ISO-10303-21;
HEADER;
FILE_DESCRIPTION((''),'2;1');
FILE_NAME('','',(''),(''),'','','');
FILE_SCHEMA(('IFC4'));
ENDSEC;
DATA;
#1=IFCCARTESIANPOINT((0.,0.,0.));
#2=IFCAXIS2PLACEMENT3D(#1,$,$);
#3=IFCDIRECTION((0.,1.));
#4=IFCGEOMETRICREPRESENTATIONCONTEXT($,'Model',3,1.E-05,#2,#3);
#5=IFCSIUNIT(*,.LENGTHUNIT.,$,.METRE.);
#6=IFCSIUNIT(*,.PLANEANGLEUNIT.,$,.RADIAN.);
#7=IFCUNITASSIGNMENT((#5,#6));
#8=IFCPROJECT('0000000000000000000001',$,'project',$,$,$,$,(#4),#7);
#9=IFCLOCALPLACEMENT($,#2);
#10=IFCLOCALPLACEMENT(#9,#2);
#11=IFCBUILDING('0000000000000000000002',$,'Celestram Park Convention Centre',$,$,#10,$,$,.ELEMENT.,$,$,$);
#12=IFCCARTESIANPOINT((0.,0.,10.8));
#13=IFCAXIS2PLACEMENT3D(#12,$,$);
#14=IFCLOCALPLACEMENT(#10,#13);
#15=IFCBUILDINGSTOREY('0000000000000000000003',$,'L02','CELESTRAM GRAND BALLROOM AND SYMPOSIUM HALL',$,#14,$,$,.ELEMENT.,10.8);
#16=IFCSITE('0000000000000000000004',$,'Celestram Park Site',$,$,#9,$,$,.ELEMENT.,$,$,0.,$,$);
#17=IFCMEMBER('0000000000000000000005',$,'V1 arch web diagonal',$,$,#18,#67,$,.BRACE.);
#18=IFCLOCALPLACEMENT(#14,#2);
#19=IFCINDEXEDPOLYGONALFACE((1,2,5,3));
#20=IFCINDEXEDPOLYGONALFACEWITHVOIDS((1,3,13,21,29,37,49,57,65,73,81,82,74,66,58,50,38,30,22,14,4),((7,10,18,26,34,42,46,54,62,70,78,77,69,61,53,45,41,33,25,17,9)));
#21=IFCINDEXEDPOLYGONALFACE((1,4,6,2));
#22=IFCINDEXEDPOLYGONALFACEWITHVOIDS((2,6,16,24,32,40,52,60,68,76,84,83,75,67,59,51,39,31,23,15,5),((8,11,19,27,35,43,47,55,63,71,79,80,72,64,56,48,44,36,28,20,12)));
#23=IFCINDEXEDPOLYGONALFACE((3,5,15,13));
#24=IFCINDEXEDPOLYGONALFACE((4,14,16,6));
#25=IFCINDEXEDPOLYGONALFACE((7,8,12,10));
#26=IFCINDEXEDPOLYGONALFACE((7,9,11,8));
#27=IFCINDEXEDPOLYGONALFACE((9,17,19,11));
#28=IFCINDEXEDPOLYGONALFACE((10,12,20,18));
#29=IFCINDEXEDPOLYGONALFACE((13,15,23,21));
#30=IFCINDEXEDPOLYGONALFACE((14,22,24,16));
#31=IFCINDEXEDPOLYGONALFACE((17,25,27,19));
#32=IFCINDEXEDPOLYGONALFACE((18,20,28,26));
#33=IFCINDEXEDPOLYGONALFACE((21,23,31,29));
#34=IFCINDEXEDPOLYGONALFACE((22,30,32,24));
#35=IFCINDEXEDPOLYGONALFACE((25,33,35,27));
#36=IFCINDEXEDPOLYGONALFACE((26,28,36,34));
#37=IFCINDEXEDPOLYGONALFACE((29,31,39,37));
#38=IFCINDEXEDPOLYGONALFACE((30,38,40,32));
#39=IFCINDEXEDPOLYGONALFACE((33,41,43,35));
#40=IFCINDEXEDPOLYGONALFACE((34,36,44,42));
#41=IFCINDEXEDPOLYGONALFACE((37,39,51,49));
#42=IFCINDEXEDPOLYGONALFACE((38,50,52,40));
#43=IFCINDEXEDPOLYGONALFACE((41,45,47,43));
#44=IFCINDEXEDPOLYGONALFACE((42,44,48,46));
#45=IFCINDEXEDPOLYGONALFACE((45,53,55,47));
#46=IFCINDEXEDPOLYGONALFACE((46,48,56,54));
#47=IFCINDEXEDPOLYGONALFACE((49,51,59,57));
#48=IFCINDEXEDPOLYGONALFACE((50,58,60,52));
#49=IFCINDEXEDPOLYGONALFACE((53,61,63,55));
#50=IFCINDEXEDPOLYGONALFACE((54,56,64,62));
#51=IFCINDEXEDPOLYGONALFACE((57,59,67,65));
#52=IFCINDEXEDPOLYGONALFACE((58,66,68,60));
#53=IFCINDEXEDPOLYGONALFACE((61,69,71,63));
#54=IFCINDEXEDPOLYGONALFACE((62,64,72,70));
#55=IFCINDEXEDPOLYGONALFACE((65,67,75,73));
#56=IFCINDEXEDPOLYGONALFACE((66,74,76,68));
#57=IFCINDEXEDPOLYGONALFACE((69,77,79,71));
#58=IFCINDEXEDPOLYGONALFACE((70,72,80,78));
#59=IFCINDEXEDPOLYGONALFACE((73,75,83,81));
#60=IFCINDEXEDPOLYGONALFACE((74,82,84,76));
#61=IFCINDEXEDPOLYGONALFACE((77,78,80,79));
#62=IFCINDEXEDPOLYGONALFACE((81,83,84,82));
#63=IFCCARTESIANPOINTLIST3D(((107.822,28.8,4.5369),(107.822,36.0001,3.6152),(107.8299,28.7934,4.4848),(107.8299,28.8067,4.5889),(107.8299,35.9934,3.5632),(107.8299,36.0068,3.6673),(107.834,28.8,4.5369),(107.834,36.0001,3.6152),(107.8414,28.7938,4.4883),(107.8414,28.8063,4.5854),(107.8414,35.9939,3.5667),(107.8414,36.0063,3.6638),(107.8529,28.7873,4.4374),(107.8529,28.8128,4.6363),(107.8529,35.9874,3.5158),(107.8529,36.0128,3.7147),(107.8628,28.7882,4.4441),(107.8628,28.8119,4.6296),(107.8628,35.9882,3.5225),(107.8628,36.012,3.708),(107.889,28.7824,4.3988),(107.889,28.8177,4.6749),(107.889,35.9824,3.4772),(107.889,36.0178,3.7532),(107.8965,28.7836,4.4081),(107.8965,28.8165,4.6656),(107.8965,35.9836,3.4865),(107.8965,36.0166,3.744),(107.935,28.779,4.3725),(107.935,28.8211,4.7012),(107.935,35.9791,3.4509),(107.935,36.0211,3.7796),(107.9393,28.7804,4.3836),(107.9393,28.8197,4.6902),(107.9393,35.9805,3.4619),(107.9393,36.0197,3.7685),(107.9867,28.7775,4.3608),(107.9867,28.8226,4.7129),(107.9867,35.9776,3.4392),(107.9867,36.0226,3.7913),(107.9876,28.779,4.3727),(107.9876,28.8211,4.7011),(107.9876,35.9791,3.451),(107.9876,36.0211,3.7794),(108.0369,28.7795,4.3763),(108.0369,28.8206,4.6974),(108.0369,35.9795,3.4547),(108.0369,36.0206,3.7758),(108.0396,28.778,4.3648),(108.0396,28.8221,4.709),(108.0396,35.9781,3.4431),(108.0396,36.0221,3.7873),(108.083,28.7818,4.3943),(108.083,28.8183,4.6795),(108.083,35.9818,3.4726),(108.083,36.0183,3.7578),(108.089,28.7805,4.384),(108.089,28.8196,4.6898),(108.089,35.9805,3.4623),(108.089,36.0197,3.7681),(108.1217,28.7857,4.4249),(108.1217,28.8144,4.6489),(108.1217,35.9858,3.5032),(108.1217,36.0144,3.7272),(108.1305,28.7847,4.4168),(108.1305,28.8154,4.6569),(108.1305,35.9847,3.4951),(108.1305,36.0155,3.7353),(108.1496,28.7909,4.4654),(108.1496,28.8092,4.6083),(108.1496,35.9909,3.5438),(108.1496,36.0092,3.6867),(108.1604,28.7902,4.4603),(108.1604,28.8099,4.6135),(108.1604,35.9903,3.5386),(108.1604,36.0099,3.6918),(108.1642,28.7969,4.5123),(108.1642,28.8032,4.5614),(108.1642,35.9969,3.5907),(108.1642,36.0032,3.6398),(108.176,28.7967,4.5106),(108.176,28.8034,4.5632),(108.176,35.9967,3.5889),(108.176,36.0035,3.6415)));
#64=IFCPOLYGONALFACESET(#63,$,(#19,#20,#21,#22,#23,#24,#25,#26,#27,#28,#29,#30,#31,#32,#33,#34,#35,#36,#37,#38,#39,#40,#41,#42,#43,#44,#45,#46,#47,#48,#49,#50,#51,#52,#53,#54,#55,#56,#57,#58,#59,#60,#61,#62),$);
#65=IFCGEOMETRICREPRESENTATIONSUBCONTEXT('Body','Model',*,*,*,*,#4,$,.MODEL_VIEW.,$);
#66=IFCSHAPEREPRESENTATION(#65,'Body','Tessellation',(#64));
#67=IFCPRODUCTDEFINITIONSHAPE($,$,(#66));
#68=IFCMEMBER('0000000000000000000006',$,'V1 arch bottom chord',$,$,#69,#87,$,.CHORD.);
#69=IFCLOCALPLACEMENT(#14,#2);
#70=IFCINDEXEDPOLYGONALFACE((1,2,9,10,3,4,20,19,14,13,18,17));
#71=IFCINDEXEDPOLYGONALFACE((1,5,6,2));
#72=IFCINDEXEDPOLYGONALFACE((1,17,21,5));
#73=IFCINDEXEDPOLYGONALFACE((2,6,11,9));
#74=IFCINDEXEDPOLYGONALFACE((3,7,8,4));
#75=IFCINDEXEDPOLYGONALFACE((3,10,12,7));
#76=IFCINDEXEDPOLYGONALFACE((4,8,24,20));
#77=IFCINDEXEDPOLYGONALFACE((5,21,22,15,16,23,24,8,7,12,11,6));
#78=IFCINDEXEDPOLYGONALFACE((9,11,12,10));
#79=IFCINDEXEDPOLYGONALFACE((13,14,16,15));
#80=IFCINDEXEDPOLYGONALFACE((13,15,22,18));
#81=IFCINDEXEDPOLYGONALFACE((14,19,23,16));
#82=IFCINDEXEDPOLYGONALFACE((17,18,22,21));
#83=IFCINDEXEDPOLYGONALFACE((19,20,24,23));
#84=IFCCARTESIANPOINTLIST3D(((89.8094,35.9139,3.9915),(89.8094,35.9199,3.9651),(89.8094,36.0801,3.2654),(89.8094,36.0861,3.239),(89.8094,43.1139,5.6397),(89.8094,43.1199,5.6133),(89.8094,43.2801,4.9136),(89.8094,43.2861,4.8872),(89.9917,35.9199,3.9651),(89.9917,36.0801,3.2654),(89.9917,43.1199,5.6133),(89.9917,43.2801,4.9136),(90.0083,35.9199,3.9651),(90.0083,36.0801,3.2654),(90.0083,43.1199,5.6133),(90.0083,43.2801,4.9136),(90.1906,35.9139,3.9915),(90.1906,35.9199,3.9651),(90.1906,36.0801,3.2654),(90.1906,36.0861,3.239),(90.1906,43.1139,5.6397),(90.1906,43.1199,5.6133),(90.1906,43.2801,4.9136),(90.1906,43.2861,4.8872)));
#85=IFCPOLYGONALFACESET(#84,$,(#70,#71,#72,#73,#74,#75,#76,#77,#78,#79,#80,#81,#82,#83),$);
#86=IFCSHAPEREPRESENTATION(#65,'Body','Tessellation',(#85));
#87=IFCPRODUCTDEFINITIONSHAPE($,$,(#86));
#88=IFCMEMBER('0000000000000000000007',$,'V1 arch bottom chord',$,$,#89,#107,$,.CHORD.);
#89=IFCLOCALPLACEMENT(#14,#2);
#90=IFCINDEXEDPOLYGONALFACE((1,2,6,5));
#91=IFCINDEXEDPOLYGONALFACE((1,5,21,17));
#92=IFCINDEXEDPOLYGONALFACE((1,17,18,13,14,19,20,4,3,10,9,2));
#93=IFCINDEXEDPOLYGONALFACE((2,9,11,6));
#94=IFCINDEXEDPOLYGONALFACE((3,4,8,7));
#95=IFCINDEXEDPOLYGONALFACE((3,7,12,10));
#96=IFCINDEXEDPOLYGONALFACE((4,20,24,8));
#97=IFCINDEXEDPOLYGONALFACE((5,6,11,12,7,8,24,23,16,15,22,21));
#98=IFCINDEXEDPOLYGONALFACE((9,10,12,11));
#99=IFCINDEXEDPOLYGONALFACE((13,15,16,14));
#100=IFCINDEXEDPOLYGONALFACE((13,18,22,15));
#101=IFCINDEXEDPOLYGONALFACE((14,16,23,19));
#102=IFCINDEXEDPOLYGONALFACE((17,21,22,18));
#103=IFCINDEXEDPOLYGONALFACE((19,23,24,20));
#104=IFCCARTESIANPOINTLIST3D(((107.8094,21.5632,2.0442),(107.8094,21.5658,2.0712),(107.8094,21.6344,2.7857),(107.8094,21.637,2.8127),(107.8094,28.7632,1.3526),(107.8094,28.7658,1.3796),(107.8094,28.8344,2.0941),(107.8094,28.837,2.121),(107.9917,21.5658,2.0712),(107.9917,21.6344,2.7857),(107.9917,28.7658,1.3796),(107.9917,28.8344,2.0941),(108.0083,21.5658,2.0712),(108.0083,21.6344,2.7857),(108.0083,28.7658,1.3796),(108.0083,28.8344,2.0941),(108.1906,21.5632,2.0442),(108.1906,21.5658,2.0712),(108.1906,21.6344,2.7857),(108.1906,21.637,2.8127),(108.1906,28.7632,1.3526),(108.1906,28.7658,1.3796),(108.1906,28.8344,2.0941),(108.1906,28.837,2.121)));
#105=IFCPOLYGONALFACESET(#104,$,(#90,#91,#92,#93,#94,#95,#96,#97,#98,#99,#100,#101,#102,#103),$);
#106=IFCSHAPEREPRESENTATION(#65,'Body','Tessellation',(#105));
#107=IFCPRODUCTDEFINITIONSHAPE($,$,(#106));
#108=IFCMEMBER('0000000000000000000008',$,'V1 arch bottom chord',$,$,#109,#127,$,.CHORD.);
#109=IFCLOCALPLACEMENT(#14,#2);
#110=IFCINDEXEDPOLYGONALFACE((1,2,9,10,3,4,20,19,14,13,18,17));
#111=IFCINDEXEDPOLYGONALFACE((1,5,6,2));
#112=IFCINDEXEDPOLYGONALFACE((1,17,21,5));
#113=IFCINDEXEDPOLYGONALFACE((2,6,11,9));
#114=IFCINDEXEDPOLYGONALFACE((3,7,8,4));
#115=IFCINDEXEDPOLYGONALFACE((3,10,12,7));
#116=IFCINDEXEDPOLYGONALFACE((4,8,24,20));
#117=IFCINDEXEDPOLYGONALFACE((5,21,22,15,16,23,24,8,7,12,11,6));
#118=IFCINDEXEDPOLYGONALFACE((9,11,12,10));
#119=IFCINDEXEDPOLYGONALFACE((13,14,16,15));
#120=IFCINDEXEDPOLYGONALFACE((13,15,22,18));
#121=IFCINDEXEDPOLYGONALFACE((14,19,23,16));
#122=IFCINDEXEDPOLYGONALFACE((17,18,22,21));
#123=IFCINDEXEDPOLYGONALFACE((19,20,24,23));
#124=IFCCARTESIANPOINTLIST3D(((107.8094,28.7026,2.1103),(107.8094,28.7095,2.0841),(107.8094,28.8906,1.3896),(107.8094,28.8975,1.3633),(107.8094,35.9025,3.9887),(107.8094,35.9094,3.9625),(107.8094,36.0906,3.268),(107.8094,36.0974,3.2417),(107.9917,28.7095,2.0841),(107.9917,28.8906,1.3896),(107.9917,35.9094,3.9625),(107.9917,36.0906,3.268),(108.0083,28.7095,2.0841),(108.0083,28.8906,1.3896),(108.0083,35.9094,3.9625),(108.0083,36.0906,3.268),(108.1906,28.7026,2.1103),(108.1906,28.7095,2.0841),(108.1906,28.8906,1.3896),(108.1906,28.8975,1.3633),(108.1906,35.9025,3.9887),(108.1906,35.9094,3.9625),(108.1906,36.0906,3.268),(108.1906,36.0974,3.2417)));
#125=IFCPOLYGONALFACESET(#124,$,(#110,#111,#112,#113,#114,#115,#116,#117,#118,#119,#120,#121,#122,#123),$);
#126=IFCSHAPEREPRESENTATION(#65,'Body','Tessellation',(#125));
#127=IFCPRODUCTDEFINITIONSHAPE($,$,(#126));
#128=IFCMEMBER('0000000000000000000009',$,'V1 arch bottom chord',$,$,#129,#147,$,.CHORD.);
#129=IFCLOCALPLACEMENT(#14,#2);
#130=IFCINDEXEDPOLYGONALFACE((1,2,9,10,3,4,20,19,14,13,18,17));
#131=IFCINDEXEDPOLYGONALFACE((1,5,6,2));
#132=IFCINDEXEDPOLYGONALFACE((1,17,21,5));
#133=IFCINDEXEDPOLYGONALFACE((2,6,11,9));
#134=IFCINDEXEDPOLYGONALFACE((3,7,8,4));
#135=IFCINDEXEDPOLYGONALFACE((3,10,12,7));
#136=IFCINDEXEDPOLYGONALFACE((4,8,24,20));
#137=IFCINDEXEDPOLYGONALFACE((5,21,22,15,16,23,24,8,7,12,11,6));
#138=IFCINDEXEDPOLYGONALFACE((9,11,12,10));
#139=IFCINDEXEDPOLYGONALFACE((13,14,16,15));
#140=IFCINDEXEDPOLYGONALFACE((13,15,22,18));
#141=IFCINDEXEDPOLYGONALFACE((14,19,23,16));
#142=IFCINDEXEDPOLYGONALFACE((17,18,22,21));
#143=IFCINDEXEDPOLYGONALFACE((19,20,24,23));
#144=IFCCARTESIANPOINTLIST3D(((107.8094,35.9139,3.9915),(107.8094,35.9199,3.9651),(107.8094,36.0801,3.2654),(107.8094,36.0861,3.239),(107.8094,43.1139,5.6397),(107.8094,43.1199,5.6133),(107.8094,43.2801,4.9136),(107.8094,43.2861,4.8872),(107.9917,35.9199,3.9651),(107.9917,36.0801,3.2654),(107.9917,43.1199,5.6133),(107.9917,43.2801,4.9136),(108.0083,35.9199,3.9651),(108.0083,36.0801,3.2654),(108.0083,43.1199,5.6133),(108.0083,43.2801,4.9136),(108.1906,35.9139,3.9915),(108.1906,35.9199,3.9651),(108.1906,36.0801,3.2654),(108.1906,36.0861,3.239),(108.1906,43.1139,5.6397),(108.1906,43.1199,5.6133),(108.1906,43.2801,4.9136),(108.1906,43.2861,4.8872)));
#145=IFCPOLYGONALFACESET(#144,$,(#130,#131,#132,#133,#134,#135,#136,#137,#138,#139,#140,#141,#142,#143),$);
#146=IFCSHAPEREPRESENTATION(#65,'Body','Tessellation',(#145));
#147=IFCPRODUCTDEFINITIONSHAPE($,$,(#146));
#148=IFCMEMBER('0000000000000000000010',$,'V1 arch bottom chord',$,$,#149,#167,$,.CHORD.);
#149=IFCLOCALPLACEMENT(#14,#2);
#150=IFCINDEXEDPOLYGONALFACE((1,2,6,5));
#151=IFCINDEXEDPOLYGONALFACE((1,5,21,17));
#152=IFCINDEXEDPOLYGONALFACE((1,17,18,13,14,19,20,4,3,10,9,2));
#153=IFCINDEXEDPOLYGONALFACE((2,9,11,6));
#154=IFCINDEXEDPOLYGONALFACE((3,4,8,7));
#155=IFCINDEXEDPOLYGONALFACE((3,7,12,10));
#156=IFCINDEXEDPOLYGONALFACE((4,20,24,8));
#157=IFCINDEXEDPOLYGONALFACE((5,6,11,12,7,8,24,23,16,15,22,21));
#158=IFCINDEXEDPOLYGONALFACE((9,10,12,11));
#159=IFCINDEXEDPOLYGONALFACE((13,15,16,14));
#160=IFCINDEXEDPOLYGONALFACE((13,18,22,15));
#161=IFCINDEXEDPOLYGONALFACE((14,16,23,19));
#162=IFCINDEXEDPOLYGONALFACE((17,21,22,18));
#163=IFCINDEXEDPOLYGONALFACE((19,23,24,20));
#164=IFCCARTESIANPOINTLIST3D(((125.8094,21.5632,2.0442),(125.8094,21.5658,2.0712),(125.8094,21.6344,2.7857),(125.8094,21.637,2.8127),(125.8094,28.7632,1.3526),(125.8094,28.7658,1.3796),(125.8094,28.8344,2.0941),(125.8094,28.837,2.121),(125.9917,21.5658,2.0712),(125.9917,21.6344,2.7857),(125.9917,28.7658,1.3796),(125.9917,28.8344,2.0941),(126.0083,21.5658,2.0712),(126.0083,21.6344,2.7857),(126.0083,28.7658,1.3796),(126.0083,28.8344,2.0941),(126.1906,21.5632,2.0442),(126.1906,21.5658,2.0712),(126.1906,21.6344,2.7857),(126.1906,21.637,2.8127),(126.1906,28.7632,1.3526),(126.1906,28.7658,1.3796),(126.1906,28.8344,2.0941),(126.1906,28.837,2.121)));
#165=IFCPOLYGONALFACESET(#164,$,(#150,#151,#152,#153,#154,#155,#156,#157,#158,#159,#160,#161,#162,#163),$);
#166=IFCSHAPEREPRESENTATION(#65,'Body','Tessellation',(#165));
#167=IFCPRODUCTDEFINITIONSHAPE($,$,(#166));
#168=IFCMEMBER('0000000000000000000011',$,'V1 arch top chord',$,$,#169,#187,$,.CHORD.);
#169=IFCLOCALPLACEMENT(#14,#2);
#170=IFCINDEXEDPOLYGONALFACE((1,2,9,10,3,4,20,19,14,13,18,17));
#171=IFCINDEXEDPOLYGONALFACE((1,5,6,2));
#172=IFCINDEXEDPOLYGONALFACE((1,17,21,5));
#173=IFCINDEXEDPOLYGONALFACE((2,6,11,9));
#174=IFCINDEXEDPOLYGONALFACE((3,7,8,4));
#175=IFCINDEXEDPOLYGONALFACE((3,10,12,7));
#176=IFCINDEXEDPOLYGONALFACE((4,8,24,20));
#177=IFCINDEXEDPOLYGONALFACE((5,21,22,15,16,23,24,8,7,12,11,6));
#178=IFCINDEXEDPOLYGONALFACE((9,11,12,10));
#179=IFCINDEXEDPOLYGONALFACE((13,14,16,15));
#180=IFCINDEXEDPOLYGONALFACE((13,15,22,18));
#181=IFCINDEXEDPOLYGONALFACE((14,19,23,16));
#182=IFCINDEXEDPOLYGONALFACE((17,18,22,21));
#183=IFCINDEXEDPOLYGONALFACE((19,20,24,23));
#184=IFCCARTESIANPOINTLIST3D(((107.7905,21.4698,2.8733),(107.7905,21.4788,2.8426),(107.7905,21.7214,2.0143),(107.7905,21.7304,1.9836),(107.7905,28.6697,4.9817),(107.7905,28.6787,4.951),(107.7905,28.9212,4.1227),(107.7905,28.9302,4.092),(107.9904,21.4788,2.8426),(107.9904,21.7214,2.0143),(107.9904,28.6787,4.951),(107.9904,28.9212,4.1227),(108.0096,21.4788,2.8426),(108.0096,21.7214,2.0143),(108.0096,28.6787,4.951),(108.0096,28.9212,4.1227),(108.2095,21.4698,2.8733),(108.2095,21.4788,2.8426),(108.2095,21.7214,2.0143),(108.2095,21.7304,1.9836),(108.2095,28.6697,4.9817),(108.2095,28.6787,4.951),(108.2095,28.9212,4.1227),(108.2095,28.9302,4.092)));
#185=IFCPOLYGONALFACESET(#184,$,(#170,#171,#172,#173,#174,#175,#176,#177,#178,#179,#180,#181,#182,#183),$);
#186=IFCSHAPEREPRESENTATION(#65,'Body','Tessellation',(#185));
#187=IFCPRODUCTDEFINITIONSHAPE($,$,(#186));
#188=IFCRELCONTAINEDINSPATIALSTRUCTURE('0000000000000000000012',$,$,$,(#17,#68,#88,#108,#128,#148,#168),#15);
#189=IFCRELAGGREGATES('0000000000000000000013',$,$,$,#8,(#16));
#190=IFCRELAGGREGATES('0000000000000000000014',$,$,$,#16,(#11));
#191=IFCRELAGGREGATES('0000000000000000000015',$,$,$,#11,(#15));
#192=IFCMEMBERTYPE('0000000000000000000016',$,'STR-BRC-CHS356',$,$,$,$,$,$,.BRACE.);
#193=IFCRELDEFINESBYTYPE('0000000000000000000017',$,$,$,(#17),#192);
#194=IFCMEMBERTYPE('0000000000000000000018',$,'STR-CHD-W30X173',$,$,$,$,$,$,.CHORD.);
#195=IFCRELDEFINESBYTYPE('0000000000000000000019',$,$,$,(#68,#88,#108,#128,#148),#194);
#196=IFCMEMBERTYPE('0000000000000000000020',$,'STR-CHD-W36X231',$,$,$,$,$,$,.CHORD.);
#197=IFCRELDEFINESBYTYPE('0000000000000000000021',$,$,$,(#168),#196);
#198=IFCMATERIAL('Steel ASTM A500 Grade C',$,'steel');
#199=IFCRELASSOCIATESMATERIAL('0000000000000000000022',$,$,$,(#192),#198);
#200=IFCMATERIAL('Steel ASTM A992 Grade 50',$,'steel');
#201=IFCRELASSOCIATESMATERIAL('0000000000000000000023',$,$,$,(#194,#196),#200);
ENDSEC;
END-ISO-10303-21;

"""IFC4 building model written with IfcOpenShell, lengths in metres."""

from ifc_helpers import new_model, si_unit, direction, frame, origin, origin_2d, place, context, subcontext, project, spatial, hollow_circle, i_section, extrude, material, material_profile, profile_set, type_object, element, save


model = new_model("IFC4")

# Units and contexts
model_context = context("Model", 3, precision=1e-05, world=origin(), true_north=direction((0.0, 1.0)))
body_context = subcontext(model_context, "Body", "Model", "MODEL_VIEW")
ifc_project = project(units=[si_unit("LENGTHUNIT", "METRE"), si_unit("PLANEANGLEUNIT", "RADIAN")], contexts=[model_context])

# Site, building, storey
site_placement = place(None, origin())
site = spatial("IfcSite", under=ifc_project, at=site_placement, Name="Celestram Park Site", CompositionType="ELEMENT", RefElevation=0.0)
building_placement = place(site_placement, origin())
building = spatial("IfcBuilding", under=site, at=building_placement, Name="Celestram Park Convention Centre", CompositionType="ELEMENT")
storey_placement = place(building_placement, frame((0.0, 0.0, 10.8)))
storey = spatial("IfcBuildingStorey", under=building, at=storey_placement, Name="L02", Description="CELESTRAM GRAND BALLROOM AND SYMPOSIUM HALL", CompositionType="ELEMENT", Elevation=10.8)

# Shared definitions
ifc_material_1 = material(Name="Steel ASTM A992 Grade 50", Category="steel")

# Members
ifc_material_2 = material(Name="Steel ASTM A500 Grade C", Category="steel")
ifc_material_profile_1 = material_profile(ifc_material_2, hollow_circle(Radius=0.178, WallThickness=0.012, at=origin_2d()), Name="CHS356X12")
ifc_profile_set_1 = profile_set([ifc_material_profile_1], Name="Steel ASTM A500 Grade C")
member_type_1 = type_object("IfcMemberType", Name="STR-BRC-CHS356", PredefinedType="BRACE", material=ifc_profile_set_1)
member_1_placement = place(storey_placement, frame((108.0, 28.8, 4.5369), z_axis=(0.0, 0.991907, -0.126969), x_axis=(-1.0, 0.0, 0.0)))
element("IfcMember", 1, at=member_1_placement, inside=storey, type_object=member_type_1, Name="V1 arch web diagonal", PredefinedType="BRACE", context=body_context, shape_type="SweptSolid", body=[
    extrude(hollow_circle(Radius=0.178, WallThickness=0.012, at=origin_2d()), origin(), (0.0, 0.0, 1.0), 7.2588),
])
ifc_material_profile_2 = material_profile(ifc_material_1, i_section(OverallWidth=0.3811, OverallDepth=0.772, WebThickness=0.0166, FlangeThickness=0.0271, at=origin_2d()), Name="W30X173")
ifc_profile_set_2 = profile_set([ifc_material_profile_2], Name="Steel ASTM A992 Grade 50")
member_type_2 = type_object("IfcMemberType", Name="STR-CHD-W30X173", PredefinedType="CHORD", material=ifc_profile_set_2)
member_2_placement = place(storey_placement, frame((90.0, 36.0, 3.6152), z_axis=(0.0, 0.974785, 0.223145), x_axis=(-1.0, 0.0, 0.0)))
element("IfcMember", 2, at=member_2_placement, inside=storey, type_object=member_type_2, Name="V1 arch bottom chord", PredefinedType="CHORD", context=body_context, shape_type="SweptSolid", body=[
    extrude(i_section(OverallWidth=0.3811, OverallDepth=0.772, WebThickness=0.0166, FlangeThickness=0.0271, at=origin_2d()), origin(), (0.0, 0.0, 1.0), 7.3862),
])
member_3_placement = place(storey_placement, frame((108.0, 21.6001, 2.4285), z_axis=(0.0, 0.995418, -0.095623), x_axis=(-1.0, 0.0, 0.0)))
element("IfcMember", 3, at=member_3_placement, inside=storey, type_object=member_type_2, Name="V1 arch bottom chord", PredefinedType="CHORD", context=body_context, shape_type="SweptSolid", body=[
    extrude(i_section(OverallWidth=0.3811, OverallDepth=0.772, WebThickness=0.0166, FlangeThickness=0.0271, at=origin_2d()), origin(), (0.0, 0.0, 1.0), 7.2332),
])
member_4_placement = place(storey_placement, frame((108.0, 28.8, 1.7368), z_axis=(0.0, 0.967612, 0.252443), x_axis=(-1.0, 0.0, 0.0)))
element("IfcMember", 4, at=member_4_placement, inside=storey, type_object=member_type_2, Name="V1 arch bottom chord", PredefinedType="CHORD", context=body_context, shape_type="SweptSolid", body=[
    extrude(i_section(OverallWidth=0.3811, OverallDepth=0.772, WebThickness=0.0166, FlangeThickness=0.0271, at=origin_2d()), origin(), (0.0, 0.0, 1.0), 7.4409),
])
member_5_placement = place(storey_placement, frame((108.0, 36.0, 3.6152), z_axis=(0.0, 0.974785, 0.223145), x_axis=(-1.0, 0.0, 0.0)))
element("IfcMember", 5, at=member_5_placement, inside=storey, type_object=member_type_2, Name="V1 arch bottom chord", PredefinedType="CHORD", context=body_context, shape_type="SweptSolid", body=[
    extrude(i_section(OverallWidth=0.3811, OverallDepth=0.772, WebThickness=0.0166, FlangeThickness=0.0271, at=origin_2d()), origin(), (0.0, 0.0, 1.0), 7.3862),
])
member_6_placement = place(storey_placement, frame((126.0, 21.6001, 2.4285), z_axis=(0.0, 0.995418, -0.095623), x_axis=(-1.0, 0.0, 0.0)))
element("IfcMember", 6, at=member_6_placement, inside=storey, type_object=member_type_2, Name="V1 arch bottom chord", PredefinedType="CHORD", context=body_context, shape_type="SweptSolid", body=[
    extrude(i_section(OverallWidth=0.3811, OverallDepth=0.772, WebThickness=0.0166, FlangeThickness=0.0271, at=origin_2d()), origin(), (0.0, 0.0, 1.0), 7.2332),
])
ifc_material_profile_3 = material_profile(ifc_material_1, i_section(OverallWidth=0.4189, OverallDepth=0.927, WebThickness=0.0193, FlangeThickness=0.032, at=origin_2d()), Name="W36X231")
ifc_profile_set_3 = profile_set([ifc_material_profile_3], Name="Steel ASTM A992 Grade 50")
member_type_3 = type_object("IfcMemberType", Name="STR-CHD-W36X231", PredefinedType="CHORD", material=ifc_profile_set_3)
for number, where, z_axis, x_axis, name in (
    (7, (108.0, 21.6001, 2.4285), (0.0, 0.959698, 0.281033), (-1.0, 0.0, 0.0), "V1 arch top chord"),
):
    element("IfcMember", number, at=place(storey_placement, frame(where, z_axis=z_axis, x_axis=x_axis)), inside=storey, type_object=member_type_3, Name=name, PredefinedType="CHORD", context=body_context, shape_type="SweptSolid", body=[
        extrude(i_section(OverallWidth=0.4189, OverallDepth=0.927, WebThickness=0.0193, FlangeThickness=0.032, at=origin_2d()), origin(), (0.0, 0.0, 1.0), 7.5022),
    ])

save(model, "model.ifc")
